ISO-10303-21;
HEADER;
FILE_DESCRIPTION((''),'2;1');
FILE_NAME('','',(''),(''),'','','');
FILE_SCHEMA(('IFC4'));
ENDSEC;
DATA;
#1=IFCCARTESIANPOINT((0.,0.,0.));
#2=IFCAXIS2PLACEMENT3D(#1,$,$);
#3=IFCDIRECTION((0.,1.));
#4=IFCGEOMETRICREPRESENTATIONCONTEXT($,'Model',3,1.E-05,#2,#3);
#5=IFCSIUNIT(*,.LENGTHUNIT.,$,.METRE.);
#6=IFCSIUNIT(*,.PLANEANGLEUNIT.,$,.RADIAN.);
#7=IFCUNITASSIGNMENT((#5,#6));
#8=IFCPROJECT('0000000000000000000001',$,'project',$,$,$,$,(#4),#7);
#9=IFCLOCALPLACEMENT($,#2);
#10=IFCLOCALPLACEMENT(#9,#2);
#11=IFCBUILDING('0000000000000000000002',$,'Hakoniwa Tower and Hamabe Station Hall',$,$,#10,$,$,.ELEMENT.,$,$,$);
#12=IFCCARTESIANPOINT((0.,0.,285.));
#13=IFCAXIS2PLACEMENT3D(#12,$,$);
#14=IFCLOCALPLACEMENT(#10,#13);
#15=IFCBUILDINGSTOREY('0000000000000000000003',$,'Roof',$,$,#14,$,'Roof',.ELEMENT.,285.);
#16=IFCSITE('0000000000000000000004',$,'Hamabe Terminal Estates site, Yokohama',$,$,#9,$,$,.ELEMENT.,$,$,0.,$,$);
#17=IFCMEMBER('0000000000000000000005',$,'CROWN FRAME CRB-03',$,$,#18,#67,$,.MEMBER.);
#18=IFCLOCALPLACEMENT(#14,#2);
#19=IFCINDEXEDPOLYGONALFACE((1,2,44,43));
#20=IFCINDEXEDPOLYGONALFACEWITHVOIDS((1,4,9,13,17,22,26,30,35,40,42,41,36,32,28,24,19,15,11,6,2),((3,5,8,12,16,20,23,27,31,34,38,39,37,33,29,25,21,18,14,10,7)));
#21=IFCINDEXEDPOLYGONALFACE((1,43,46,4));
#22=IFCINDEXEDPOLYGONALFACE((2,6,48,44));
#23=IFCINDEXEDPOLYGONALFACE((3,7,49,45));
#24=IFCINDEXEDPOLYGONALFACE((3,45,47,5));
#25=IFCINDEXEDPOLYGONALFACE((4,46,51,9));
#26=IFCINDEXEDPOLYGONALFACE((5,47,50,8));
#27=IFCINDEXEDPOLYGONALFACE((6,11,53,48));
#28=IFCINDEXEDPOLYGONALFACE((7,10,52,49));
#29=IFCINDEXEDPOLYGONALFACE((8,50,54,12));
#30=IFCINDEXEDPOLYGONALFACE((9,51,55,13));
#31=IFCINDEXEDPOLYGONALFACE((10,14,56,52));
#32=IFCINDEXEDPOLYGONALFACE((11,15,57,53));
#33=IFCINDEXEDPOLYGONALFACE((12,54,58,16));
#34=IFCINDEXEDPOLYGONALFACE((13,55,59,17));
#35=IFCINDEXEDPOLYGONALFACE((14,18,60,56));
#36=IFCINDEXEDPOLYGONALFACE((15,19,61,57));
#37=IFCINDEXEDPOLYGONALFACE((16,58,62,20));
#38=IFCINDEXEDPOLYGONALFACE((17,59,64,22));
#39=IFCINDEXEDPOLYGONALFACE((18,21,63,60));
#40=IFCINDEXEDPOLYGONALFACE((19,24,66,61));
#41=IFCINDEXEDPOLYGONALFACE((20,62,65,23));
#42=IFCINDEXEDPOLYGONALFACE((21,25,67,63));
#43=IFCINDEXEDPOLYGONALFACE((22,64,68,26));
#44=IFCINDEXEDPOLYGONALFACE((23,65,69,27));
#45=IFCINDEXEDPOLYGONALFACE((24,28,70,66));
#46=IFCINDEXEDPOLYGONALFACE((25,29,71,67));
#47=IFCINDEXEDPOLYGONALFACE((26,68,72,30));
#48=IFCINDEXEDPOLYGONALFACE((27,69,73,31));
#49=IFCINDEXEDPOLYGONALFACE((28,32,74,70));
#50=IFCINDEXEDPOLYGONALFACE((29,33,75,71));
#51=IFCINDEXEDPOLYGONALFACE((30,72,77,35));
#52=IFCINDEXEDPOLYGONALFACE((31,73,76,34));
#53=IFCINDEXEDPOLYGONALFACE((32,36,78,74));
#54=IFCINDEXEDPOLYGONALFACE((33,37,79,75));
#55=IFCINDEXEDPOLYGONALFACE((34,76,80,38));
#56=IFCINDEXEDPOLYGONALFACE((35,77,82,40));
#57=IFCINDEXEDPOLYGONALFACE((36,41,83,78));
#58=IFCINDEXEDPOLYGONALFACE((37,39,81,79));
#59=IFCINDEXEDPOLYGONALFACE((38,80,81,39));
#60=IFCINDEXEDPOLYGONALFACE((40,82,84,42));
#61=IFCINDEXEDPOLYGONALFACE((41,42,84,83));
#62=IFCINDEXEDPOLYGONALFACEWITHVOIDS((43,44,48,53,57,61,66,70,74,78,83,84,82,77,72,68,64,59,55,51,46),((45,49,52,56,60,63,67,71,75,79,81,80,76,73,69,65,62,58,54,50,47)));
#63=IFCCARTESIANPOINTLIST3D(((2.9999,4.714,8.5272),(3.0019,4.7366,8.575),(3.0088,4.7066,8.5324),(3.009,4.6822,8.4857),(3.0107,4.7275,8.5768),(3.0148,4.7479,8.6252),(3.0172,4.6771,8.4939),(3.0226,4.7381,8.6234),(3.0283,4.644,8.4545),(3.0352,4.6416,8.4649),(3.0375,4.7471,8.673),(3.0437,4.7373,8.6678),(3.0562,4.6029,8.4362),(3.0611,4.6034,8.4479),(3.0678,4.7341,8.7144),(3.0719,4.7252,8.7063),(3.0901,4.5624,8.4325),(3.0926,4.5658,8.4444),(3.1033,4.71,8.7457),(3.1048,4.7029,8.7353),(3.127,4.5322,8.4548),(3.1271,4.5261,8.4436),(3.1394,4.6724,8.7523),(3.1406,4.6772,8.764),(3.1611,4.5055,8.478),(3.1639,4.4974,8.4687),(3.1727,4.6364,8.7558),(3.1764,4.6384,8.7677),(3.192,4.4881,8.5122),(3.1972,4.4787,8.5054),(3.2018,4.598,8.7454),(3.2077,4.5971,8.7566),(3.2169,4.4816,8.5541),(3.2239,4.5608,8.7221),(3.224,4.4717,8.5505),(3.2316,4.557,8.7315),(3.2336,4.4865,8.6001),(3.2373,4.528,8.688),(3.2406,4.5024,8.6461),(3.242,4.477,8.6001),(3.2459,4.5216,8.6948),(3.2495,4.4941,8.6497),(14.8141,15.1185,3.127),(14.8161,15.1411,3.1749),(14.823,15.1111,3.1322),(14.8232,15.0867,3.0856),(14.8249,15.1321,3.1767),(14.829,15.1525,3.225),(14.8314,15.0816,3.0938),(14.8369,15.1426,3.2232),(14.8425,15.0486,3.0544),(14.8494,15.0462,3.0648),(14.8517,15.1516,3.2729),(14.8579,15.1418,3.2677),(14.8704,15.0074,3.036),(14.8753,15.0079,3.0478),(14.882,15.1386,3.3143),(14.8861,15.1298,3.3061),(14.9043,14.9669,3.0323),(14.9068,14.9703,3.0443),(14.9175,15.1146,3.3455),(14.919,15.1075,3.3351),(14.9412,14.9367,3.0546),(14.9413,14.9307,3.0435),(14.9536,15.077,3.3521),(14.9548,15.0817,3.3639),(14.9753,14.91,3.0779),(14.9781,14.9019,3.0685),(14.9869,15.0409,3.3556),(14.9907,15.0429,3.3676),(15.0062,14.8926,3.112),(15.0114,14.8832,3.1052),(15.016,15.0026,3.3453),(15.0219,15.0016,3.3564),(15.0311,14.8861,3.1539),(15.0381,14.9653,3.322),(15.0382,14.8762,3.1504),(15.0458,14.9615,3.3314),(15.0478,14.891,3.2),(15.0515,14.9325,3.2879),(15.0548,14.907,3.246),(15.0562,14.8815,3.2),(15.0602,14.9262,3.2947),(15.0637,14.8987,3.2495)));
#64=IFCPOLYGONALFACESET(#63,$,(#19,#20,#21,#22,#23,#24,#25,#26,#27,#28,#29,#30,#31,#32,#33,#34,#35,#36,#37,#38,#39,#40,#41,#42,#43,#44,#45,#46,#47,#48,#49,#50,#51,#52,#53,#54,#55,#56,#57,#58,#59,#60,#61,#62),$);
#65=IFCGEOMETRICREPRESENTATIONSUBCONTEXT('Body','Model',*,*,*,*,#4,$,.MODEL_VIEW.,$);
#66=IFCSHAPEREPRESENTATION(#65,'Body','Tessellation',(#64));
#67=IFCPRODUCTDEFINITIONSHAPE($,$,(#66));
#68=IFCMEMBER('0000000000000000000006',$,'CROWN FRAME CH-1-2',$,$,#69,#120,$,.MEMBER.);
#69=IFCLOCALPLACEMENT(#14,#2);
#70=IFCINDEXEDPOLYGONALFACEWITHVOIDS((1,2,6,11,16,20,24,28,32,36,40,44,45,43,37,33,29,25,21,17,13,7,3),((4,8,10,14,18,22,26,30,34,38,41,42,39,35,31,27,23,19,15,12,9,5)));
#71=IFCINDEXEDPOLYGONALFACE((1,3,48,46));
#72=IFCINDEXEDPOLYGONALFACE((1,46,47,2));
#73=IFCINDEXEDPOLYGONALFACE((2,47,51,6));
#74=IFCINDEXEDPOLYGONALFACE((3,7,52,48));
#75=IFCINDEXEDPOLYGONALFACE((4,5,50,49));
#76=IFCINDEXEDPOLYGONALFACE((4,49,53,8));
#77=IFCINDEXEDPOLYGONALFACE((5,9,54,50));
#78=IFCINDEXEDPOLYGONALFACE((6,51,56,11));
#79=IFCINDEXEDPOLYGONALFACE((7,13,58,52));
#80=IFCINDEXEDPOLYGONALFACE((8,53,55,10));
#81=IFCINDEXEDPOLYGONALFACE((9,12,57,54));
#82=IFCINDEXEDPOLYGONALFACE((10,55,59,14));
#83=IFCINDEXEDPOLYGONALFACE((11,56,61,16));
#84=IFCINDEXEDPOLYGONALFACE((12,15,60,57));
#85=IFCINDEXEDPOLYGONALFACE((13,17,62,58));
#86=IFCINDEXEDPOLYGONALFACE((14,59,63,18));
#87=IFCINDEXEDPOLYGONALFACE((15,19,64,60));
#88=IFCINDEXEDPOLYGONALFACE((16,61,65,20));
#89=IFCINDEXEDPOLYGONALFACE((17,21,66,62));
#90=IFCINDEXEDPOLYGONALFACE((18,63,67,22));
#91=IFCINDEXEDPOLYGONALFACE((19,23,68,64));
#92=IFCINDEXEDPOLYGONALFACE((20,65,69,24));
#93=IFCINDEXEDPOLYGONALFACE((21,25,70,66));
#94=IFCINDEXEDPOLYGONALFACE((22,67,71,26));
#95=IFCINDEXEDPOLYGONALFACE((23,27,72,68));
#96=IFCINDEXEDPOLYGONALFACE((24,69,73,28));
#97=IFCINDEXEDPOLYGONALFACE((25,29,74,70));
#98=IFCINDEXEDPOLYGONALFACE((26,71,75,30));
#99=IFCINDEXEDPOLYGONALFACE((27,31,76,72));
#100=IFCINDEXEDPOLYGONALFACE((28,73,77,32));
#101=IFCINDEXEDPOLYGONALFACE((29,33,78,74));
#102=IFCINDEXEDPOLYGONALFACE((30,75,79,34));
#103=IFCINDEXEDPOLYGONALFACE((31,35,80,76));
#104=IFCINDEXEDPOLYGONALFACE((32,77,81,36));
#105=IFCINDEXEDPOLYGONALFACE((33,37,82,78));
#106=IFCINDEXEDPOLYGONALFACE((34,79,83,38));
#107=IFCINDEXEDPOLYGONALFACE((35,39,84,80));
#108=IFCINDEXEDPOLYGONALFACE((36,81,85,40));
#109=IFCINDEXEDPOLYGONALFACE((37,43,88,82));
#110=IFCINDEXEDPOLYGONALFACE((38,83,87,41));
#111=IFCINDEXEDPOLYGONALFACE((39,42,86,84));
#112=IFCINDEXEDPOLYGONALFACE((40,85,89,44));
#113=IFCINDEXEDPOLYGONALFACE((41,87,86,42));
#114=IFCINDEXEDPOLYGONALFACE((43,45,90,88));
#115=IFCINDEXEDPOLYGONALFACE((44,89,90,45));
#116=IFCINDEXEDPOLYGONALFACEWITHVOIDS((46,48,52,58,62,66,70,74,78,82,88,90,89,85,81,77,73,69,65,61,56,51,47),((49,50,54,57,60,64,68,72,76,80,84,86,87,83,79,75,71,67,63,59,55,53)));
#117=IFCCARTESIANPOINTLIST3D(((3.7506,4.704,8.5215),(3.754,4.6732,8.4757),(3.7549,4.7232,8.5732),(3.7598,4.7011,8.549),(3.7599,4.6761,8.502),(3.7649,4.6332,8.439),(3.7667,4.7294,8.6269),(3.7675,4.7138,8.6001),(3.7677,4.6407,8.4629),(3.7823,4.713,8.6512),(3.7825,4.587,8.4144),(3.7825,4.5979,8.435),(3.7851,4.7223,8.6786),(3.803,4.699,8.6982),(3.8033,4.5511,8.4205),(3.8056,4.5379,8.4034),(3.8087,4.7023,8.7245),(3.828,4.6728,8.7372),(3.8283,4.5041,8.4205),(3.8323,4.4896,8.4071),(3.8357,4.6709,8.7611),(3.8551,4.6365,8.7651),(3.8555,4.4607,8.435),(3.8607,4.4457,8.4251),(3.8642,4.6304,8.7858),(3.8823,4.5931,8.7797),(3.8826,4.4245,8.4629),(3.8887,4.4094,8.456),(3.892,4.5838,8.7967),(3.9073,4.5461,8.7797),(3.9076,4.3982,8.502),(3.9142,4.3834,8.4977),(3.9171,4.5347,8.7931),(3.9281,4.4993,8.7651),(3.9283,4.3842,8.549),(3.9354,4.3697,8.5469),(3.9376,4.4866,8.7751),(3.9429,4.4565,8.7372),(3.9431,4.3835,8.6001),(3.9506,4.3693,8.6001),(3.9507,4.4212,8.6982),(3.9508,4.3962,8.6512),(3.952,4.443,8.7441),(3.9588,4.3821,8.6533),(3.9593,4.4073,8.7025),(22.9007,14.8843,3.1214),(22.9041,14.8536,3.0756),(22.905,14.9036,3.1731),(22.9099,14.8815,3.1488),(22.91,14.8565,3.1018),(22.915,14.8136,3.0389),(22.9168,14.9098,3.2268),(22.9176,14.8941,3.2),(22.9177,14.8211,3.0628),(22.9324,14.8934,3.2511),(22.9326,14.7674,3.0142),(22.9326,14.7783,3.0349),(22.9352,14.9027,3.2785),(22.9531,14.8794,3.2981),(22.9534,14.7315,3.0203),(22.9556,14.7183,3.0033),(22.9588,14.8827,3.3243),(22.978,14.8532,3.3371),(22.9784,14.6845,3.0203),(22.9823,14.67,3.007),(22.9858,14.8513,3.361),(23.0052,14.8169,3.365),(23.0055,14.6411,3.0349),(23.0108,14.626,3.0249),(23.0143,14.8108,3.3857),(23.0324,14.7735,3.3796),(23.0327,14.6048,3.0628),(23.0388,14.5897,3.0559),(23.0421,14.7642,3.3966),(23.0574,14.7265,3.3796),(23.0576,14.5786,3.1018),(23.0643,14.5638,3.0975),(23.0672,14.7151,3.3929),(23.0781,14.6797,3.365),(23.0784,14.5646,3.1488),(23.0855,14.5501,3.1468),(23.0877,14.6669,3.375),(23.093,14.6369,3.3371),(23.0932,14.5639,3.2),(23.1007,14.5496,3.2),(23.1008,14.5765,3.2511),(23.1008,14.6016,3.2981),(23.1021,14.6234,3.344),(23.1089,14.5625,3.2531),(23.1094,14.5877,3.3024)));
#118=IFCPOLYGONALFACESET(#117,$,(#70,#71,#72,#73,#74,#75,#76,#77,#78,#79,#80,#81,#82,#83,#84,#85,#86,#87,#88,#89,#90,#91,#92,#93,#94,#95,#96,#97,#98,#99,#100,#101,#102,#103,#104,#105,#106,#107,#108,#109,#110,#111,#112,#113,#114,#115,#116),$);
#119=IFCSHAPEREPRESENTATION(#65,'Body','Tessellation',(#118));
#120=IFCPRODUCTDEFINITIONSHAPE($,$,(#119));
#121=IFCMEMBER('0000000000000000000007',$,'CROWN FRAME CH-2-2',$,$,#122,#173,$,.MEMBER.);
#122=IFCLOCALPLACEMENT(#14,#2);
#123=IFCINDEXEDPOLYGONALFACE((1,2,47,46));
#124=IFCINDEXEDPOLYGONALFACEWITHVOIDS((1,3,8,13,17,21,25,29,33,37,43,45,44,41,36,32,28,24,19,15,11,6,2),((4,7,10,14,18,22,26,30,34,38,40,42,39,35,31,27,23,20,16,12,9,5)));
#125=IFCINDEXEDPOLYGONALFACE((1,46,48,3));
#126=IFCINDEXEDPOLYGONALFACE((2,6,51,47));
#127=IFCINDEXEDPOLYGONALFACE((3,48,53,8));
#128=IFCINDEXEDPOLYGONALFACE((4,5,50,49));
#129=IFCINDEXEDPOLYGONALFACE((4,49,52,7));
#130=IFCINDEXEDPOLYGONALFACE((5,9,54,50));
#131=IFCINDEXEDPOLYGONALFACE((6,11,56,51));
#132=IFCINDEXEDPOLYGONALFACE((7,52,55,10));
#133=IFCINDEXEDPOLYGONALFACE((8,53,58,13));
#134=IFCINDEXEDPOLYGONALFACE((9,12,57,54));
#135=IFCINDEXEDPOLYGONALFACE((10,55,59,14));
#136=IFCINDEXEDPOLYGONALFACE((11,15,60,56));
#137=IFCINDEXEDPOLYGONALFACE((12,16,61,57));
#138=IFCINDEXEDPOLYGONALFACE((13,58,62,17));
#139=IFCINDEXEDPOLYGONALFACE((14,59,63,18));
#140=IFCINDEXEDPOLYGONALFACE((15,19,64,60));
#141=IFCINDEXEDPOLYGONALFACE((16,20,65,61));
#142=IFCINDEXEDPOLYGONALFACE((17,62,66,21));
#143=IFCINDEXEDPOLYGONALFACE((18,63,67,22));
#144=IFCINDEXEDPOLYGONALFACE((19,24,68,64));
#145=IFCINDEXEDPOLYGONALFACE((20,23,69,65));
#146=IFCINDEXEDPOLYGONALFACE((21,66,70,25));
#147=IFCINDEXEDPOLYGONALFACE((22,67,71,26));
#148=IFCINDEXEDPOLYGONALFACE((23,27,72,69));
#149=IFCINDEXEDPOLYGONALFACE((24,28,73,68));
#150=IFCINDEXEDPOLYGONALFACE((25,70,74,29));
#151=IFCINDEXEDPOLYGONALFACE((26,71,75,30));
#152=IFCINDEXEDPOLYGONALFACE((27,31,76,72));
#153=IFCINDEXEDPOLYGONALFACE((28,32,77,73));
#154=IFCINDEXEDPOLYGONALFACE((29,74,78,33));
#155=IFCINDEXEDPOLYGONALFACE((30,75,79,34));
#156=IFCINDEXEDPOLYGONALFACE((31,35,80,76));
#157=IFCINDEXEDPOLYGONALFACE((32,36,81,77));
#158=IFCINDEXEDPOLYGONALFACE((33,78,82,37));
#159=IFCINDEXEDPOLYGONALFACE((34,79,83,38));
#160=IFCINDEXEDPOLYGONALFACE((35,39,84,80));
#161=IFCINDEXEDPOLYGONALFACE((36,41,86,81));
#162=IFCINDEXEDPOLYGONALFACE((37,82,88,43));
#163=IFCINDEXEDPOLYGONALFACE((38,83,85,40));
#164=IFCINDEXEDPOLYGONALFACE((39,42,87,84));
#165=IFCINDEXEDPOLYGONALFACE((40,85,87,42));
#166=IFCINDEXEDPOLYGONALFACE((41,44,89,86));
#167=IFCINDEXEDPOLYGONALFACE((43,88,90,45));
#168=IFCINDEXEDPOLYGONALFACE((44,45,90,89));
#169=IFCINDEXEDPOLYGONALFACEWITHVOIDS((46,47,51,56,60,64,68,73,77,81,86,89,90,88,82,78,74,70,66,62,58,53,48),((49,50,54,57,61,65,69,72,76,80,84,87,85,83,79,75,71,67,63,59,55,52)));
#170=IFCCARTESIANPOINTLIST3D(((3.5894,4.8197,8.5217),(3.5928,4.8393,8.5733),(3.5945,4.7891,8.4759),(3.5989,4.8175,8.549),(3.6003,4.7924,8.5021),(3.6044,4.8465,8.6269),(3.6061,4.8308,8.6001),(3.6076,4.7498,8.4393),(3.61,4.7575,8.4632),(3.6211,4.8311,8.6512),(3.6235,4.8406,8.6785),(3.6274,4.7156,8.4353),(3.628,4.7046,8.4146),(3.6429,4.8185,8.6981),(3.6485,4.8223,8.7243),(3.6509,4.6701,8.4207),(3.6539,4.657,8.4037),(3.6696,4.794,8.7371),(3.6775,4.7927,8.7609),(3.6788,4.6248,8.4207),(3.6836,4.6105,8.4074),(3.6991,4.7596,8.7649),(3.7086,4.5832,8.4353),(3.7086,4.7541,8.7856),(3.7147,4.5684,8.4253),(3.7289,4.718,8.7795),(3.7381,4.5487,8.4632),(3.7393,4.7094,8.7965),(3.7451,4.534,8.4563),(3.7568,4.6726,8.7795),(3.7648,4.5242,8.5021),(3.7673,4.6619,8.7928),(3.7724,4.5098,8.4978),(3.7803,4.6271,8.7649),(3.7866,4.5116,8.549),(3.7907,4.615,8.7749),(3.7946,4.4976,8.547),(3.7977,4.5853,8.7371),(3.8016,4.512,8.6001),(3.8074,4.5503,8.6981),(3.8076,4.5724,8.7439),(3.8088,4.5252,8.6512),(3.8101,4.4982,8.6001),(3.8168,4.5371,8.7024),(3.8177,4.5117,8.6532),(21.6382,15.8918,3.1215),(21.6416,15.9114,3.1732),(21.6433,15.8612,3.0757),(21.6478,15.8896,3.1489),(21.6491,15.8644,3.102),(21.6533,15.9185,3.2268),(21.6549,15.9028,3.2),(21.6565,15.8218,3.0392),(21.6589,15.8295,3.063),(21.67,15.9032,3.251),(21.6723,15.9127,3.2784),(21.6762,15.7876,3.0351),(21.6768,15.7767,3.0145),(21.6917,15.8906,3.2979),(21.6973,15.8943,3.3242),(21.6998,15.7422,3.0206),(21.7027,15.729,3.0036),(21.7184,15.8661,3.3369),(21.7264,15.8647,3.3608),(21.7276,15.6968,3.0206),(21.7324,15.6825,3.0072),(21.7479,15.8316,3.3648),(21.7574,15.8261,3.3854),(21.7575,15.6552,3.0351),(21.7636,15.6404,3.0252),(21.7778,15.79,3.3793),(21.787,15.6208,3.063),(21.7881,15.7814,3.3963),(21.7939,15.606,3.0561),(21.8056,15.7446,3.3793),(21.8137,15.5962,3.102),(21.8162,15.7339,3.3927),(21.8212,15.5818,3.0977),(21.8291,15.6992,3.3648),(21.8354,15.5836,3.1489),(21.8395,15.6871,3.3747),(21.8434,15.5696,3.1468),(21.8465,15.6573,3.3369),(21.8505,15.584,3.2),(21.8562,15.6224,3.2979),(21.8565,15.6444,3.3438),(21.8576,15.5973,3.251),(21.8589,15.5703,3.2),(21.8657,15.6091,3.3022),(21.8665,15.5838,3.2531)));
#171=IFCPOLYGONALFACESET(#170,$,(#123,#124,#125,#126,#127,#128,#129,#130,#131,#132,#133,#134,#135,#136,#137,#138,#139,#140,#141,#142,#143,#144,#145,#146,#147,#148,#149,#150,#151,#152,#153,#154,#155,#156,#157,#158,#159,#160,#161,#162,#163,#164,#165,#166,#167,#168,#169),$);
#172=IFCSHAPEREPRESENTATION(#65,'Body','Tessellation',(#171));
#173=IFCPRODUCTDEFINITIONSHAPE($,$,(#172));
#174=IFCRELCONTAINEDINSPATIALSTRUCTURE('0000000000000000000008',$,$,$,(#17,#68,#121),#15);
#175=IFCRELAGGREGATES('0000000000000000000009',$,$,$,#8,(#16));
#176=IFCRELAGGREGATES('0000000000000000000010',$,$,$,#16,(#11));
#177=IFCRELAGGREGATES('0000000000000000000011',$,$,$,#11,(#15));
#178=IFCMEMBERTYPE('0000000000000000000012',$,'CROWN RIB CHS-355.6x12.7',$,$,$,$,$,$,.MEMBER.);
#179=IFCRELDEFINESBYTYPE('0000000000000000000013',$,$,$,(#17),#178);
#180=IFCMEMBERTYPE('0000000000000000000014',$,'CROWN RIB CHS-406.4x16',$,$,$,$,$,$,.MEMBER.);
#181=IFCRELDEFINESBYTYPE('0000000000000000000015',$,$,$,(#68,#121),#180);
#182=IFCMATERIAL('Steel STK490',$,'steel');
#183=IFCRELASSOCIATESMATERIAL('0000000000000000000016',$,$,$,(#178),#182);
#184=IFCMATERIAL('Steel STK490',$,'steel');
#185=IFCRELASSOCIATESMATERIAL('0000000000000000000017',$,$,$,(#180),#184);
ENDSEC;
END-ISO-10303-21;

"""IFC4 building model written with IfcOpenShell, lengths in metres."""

from ifc_helpers import new_model, si_unit, direction, frame, origin, origin_2d, place, context, subcontext, project, spatial, hollow_circle, extrude, material, material_profile, profile_set, type_object, element, save


model = new_model("IFC4")

# Units and contexts
model_context = context("Model", 3, precision=1e-05, world=origin(), true_north=direction((0.0, 1.0)))
body_context = subcontext(model_context, "Body", "Model", "MODEL_VIEW")
ifc_project = project(units=[si_unit("LENGTHUNIT", "METRE"), si_unit("PLANEANGLEUNIT", "RADIAN")], contexts=[model_context])

# Site, building, storey
site_placement = place(None, origin())
site = spatial("IfcSite", under=ifc_project, at=site_placement, Name="Hamabe Terminal Estates site, Yokohama", CompositionType="ELEMENT", RefElevation=0.0)
building_placement = place(site_placement, origin())
building = spatial("IfcBuilding", under=site, at=building_placement, Name="Hakoniwa Tower and Hamabe Station Hall", CompositionType="ELEMENT")
storey_placement = place(building_placement, frame((0.0, 0.0, 285.0)))
storey = spatial("IfcBuildingStorey", under=building, at=storey_placement, Name="Roof", LongName="Roof", CompositionType="ELEMENT", Elevation=285.0)

# Members
ifc_material_1 = material(Name="Steel STK490", Category="steel")
ifc_material_profile_1 = material_profile(ifc_material_1, hollow_circle(Radius=0.1777, WallThickness=0.0127, at=origin_2d()), Name="CHS-355.6x12.7")
ifc_profile_set_1 = profile_set([ifc_material_profile_1], Name="Steel STK490")
member_type_1 = type_object("IfcMemberType", Name="CROWN RIB CHS-355.6x12.7", PredefinedType="MEMBER", material=ifc_profile_set_1)
member_1_placement = place(storey_placement, frame((14.9387, 15.0149, 3.2), z_axis=(-0.709858, -0.625158, 0.324468), x_axis=(0.660916, -0.75046, 0.0)))
element("IfcMember", 1, at=member_1_placement, inside=storey, type_object=member_type_1, Name="CROWN FRAME CRB-03", PredefinedType="MEMBER", context=body_context, shape_type="SweptSolid", body=[
    extrude(hollow_circle(Radius=0.1777, WallThickness=0.0127, at=origin_2d()), origin(), (0.0, 0.0, 1.0), 16.6431),
])
ifc_material_2 = material(Name="Steel STK490", Category="steel")
ifc_material_profile_2 = material_profile(ifc_material_2, hollow_circle(Radius=0.2031, WallThickness=0.0161, at=origin_2d()), Name="CHS-406.4x16")
ifc_profile_set_2 = profile_set([ifc_material_profile_2], Name="Steel STK490")
member_type_2 = type_object("IfcMemberType", Name="CROWN RIB CHS-406.4x16", PredefinedType="MEMBER", material=ifc_profile_set_2)
member_2_placement = place(storey_placement, frame((23.0054, 14.729, 3.2), z_axis=(-0.856823, -0.455496, 0.241615), x_axis=(0.469403, -0.882984, 0.0)))
element("IfcMember", 2, at=member_2_placement, inside=storey, type_object=member_type_2, Name="CROWN FRAME CH-1-2", PredefinedType="MEMBER", context=body_context, shape_type="SweptSolid", body=[
    extrude(hollow_circle(Radius=0.2031, WallThickness=0.0161, at=origin_2d()), origin(), (0.0, 0.0, 1.0), 22.3501),
])
member_3_placement = place(storey_placement, frame((21.7527, 15.7434, 3.2), z_axis=(-0.825956, -0.506681, 0.247123), x_axis=(0.5229, -0.852394, 0.0)))
element("IfcMember", 3, at=member_3_placement, inside=storey, type_object=member_type_2, Name="CROWN FRAME CH-2-2", PredefinedType="MEMBER", context=body_context, shape_type="SweptSolid", body=[
    extrude(hollow_circle(Radius=0.2031, WallThickness=0.0161, at=origin_2d()), origin(), (0.0, 0.0, 1.0), 21.8521),
])

save(model, "model.ifc")
